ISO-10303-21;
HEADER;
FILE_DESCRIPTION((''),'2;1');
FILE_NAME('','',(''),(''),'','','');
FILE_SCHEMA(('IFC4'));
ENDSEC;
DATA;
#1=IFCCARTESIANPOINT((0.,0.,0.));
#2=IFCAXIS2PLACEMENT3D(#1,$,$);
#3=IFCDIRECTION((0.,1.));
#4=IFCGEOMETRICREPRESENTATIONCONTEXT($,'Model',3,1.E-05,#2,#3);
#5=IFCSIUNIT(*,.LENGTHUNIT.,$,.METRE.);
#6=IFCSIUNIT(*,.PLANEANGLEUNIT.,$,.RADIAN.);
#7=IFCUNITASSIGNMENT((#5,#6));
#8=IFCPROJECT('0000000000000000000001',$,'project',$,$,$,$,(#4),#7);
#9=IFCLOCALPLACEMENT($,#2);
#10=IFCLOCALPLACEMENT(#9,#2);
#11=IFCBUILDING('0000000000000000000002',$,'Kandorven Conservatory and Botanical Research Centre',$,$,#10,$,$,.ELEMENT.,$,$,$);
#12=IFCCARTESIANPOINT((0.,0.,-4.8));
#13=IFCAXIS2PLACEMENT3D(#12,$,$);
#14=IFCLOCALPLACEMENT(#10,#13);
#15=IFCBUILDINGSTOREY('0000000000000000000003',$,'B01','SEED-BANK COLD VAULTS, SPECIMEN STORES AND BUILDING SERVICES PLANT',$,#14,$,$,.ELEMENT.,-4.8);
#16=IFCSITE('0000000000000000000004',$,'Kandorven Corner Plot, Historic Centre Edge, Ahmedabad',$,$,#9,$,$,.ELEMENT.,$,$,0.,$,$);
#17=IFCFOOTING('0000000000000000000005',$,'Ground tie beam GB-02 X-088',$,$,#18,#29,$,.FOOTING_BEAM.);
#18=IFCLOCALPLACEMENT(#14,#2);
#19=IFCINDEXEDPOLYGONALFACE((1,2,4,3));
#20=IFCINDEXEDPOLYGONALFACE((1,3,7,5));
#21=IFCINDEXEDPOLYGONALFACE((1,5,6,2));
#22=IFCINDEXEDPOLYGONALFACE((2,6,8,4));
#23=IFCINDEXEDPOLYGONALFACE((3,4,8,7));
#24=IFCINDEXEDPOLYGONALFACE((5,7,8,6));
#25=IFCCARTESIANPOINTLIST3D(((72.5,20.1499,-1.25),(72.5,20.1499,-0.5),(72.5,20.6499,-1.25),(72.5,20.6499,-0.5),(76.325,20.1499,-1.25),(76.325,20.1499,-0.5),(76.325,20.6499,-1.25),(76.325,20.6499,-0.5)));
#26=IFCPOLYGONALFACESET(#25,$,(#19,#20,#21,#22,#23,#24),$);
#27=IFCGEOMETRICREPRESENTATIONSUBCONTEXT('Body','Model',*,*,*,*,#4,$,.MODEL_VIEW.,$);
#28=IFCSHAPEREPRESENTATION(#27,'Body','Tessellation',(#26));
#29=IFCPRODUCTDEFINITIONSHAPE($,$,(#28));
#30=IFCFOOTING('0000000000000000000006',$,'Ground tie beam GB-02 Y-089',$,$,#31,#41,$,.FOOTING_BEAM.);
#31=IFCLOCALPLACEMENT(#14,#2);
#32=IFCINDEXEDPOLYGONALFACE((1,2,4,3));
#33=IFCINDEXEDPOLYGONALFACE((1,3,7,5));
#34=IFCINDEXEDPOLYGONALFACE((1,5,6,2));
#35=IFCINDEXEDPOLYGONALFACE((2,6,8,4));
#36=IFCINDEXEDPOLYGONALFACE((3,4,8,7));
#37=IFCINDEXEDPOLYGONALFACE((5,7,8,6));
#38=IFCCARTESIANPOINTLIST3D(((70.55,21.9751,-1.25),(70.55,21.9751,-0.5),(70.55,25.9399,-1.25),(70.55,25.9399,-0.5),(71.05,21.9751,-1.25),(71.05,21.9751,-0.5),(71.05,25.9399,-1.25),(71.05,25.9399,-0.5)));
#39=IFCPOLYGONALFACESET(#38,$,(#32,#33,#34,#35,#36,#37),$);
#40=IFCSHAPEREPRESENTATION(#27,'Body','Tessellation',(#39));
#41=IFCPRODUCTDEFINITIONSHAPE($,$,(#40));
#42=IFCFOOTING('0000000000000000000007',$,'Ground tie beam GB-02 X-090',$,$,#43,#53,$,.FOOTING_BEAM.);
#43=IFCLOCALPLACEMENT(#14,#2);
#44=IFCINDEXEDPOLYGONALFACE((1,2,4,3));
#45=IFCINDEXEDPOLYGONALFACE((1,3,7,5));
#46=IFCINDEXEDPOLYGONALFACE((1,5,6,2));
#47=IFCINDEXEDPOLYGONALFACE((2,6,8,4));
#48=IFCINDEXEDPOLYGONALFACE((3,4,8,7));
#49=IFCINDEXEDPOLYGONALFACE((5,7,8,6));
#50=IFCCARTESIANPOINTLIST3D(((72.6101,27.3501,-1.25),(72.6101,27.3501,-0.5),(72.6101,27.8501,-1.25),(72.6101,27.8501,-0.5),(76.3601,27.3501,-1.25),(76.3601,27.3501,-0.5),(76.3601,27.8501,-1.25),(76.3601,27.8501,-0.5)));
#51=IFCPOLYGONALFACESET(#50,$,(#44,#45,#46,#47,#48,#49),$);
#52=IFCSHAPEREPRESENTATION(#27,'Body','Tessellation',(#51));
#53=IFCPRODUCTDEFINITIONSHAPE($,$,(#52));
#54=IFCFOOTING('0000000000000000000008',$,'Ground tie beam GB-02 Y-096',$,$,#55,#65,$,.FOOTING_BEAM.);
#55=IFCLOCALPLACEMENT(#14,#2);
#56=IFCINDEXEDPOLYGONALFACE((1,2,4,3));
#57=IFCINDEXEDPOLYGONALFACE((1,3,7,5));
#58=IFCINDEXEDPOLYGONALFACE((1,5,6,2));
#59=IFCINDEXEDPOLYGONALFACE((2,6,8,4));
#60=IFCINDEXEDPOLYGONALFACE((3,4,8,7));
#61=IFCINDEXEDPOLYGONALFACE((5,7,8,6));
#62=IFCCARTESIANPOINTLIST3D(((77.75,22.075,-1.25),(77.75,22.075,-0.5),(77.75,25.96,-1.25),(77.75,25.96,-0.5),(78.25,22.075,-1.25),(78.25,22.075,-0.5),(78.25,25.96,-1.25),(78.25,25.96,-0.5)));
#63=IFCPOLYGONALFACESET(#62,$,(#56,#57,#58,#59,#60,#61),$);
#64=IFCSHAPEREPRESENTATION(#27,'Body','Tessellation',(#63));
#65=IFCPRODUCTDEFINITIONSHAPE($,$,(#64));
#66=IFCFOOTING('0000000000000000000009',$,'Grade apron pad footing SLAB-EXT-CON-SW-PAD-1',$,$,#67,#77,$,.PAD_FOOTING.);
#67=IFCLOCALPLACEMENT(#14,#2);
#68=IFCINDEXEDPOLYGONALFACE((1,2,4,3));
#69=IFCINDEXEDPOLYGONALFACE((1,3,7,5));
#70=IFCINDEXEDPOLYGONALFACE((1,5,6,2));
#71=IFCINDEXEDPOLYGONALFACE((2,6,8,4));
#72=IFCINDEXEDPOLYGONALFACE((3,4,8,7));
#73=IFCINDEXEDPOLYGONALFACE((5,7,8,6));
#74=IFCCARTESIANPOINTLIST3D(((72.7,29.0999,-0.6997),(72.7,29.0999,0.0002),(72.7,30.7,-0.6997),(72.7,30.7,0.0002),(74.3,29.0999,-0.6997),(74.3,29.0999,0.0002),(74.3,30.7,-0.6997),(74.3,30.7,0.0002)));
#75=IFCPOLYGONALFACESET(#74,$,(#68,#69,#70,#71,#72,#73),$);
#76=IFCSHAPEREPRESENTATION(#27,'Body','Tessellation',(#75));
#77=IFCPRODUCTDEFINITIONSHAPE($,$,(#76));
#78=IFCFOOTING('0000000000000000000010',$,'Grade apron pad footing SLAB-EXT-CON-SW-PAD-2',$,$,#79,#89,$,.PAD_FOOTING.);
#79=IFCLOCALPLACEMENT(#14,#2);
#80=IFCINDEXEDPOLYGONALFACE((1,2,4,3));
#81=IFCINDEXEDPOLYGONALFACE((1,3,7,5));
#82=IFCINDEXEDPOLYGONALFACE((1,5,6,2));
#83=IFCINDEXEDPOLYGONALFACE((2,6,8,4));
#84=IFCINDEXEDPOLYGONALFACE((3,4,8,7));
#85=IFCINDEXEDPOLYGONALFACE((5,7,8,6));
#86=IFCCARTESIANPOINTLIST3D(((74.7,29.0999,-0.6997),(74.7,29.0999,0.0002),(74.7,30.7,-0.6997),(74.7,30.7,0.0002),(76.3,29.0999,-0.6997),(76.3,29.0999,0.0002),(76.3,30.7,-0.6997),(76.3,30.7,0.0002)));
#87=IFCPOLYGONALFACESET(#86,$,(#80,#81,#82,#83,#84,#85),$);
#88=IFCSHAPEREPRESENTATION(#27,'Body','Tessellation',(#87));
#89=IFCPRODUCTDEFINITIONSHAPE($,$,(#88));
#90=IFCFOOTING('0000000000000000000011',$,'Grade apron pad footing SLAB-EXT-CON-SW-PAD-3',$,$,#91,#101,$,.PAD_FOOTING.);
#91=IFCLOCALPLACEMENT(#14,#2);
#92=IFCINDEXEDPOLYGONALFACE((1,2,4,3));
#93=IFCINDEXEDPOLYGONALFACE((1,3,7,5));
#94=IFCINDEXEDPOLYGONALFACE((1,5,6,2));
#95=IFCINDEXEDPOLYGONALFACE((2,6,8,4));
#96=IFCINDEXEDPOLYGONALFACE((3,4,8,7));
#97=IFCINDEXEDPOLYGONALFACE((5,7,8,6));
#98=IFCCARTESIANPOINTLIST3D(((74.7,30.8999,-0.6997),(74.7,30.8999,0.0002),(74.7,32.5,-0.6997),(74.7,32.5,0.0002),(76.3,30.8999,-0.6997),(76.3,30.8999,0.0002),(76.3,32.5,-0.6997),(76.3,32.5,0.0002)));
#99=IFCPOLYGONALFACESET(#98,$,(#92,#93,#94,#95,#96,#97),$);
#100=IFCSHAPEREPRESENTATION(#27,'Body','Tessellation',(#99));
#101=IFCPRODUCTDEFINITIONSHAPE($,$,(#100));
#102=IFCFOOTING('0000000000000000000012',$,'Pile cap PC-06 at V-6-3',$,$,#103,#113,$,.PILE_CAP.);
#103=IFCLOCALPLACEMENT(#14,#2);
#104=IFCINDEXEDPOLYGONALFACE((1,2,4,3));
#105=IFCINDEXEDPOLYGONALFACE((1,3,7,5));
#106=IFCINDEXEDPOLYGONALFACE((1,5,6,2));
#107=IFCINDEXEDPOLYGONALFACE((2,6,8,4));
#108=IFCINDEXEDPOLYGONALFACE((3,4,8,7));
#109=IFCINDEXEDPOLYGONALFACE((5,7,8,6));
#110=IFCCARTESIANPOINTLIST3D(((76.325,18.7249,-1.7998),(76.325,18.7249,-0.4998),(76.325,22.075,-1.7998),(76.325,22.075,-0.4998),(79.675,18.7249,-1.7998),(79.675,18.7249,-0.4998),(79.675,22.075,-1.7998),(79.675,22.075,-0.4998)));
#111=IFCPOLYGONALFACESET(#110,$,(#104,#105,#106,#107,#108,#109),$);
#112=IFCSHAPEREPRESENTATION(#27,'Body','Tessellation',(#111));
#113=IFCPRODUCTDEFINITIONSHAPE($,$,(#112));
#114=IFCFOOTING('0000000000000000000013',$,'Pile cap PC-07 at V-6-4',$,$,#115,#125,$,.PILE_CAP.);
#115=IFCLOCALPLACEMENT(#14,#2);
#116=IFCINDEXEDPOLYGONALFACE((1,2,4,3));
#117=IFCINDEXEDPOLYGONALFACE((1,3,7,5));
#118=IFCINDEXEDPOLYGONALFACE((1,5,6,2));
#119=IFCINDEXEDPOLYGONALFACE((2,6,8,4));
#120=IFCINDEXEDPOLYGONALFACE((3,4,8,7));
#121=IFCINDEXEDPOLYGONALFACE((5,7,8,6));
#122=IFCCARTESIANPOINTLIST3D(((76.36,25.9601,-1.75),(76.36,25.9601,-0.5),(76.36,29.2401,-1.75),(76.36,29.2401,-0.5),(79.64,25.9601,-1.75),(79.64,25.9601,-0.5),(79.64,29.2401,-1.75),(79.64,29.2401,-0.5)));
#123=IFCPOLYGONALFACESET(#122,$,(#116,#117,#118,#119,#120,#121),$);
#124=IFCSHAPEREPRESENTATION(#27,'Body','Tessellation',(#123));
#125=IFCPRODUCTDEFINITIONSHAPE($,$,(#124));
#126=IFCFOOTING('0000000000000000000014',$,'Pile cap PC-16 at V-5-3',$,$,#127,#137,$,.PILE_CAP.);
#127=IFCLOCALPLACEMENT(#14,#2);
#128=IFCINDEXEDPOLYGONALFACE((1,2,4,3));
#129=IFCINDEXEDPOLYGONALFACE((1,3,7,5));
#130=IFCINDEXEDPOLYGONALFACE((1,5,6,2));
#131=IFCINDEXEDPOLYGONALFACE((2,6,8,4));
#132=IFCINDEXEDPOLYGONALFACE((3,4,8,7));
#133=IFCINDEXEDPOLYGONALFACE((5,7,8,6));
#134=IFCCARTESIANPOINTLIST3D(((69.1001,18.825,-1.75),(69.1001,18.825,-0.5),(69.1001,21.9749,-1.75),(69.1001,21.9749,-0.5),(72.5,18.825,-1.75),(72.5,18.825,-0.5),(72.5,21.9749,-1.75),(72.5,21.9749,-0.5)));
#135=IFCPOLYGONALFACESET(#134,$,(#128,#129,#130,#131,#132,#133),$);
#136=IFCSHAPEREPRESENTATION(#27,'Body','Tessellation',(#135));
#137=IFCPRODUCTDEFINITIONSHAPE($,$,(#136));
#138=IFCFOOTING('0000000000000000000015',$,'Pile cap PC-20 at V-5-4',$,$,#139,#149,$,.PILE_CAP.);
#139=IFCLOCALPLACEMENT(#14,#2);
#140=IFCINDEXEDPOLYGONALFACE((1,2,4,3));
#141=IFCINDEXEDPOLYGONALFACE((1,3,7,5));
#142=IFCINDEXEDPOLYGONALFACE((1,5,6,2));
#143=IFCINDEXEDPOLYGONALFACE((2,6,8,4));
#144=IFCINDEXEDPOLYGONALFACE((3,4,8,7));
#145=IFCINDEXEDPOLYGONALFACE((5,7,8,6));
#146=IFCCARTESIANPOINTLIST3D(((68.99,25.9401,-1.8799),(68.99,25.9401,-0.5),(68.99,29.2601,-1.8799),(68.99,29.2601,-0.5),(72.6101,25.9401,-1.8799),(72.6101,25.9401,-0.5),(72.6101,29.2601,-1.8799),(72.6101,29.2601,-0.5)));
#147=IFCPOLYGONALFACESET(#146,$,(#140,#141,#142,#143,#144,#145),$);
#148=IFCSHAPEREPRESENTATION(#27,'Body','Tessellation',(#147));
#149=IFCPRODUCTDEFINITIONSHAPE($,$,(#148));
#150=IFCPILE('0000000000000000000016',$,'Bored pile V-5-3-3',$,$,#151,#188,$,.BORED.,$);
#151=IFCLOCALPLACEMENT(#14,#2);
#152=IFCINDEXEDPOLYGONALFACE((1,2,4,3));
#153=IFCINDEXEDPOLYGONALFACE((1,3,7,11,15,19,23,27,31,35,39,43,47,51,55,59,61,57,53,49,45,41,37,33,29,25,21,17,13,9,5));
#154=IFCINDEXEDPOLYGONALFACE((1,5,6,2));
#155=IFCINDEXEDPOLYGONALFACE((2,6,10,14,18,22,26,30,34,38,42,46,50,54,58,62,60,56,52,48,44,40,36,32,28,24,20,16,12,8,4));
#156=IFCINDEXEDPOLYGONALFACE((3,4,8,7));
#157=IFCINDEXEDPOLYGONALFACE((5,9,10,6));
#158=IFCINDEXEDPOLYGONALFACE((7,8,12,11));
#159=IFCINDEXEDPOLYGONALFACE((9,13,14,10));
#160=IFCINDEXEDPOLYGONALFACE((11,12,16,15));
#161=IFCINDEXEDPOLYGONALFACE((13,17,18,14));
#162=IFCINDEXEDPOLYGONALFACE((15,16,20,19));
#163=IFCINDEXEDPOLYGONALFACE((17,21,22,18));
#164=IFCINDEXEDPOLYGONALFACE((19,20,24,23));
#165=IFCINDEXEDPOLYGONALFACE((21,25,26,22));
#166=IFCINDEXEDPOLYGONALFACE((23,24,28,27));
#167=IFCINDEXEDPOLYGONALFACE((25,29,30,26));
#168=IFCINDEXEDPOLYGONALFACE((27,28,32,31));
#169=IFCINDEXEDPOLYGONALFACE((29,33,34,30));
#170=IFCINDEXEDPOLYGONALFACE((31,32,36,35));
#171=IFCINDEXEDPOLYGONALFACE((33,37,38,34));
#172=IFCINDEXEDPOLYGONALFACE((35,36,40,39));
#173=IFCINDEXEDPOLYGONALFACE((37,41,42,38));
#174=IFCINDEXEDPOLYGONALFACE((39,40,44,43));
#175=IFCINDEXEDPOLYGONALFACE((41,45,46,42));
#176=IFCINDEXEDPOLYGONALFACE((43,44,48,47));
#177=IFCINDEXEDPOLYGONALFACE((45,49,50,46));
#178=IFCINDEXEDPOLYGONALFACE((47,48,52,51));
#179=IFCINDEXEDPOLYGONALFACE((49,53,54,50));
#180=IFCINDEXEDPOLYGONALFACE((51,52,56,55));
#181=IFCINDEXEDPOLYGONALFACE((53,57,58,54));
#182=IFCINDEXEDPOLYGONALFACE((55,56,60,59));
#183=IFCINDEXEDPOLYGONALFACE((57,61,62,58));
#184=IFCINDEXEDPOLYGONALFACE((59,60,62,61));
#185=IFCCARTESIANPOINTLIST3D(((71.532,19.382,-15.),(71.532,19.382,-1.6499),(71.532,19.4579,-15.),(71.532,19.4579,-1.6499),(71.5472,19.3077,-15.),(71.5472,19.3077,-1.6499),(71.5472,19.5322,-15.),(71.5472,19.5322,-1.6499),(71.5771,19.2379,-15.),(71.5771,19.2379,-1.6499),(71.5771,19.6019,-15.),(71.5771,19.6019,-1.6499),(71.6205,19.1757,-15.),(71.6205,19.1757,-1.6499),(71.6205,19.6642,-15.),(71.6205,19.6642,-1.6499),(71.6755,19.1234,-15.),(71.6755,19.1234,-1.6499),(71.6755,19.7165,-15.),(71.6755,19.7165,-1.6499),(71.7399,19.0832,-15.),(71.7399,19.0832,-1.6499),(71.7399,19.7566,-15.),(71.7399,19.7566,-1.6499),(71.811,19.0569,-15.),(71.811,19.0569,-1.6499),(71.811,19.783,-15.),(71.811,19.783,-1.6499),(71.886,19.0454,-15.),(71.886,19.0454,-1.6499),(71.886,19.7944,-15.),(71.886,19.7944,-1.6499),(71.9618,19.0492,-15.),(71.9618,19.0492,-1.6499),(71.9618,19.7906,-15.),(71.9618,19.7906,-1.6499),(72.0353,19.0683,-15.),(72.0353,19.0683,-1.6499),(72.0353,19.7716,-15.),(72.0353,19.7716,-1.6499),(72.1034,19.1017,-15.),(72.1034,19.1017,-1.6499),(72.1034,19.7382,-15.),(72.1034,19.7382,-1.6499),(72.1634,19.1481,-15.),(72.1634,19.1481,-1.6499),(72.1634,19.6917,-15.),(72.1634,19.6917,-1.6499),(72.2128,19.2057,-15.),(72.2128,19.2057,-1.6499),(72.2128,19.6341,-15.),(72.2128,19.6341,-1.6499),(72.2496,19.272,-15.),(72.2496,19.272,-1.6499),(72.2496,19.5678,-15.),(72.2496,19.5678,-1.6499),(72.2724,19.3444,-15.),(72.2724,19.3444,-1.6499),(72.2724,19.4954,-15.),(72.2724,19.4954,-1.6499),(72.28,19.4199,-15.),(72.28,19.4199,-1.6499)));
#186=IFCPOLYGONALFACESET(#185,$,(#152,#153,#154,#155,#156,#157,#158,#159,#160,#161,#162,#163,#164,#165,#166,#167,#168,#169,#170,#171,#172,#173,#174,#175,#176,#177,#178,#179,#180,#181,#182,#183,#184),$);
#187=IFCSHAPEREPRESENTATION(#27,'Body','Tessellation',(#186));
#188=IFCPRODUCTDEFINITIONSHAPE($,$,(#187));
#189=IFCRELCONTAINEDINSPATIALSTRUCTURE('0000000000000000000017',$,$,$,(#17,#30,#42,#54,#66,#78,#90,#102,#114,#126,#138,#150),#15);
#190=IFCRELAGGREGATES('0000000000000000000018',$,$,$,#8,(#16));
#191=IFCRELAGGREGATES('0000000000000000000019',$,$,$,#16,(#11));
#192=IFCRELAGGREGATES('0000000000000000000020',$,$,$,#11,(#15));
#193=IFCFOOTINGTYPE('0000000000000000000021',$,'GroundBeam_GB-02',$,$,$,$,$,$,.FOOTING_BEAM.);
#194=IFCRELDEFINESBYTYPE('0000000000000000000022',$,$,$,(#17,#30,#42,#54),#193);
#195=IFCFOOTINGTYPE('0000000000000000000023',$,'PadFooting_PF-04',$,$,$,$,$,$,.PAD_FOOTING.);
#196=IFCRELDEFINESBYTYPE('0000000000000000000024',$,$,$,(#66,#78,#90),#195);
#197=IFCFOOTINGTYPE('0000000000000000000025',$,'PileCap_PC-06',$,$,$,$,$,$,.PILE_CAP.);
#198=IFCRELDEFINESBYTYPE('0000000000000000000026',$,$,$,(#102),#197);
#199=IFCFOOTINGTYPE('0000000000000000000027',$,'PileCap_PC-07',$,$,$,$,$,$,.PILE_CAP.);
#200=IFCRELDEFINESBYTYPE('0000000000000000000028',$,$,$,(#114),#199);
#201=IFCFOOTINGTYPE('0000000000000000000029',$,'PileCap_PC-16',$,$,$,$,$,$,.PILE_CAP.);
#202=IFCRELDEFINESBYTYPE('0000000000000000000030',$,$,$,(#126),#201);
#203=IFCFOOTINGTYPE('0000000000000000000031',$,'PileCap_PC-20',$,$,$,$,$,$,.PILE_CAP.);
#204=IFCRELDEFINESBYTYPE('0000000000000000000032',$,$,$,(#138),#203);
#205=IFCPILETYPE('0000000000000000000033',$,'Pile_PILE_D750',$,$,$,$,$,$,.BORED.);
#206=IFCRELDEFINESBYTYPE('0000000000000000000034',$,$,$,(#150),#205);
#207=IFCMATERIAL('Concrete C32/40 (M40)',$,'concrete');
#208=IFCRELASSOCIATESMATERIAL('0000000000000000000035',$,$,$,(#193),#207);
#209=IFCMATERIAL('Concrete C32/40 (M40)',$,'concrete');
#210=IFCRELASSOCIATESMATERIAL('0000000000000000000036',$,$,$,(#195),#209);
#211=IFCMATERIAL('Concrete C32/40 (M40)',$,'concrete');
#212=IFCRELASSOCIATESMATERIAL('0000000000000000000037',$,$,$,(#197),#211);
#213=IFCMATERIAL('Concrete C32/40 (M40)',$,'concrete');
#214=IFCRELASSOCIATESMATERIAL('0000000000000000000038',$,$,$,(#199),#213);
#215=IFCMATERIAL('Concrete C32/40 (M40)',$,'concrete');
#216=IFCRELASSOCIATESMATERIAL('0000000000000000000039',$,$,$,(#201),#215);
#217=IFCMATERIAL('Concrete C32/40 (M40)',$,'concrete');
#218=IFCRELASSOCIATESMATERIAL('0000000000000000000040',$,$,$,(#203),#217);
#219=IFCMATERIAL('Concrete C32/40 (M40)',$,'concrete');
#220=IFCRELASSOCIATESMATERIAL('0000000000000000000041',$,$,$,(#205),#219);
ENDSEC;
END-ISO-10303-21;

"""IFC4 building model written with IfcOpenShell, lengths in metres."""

from ifc_helpers import new_model, si_unit, direction, frame, origin, origin_2d, place, context, subcontext, project, spatial, rectangle, circle, extrude, material, material_profile, profile_set, type_object, element, save


model = new_model("IFC4")

# Units and contexts
model_context = context("Model", 3, precision=1e-05, world=origin(), true_north=direction((0.0, 1.0)))
body_context = subcontext(model_context, "Body", "Model", "MODEL_VIEW")
ifc_project = project(units=[si_unit("LENGTHUNIT", "METRE"), si_unit("PLANEANGLEUNIT", "RADIAN")], contexts=[model_context])

# Site, building, storey
site_placement = place(None, origin())
site = spatial("IfcSite", under=ifc_project, at=site_placement, Name="Kandorven Corner Plot, Historic Centre Edge, Ahmedabad", CompositionType="ELEMENT", RefElevation=0.0)
building_placement = place(site_placement, origin())
building = spatial("IfcBuilding", under=site, at=building_placement, Name="Kandorven Conservatory and Botanical Research Centre", CompositionType="ELEMENT")
storey_placement = place(building_placement, frame((0.0, 0.0, -4.8)))
storey = spatial("IfcBuildingStorey", under=building, at=storey_placement, Name="B01", Description="SEED-BANK COLD VAULTS, SPECIMEN STORES AND BUILDING SERVICES PLANT", CompositionType="ELEMENT", Elevation=-4.8)

# Footings
ifc_material_1 = material(Name="Concrete C32/40 (M40)", Category="concrete")
ifc_material_profile_1 = material_profile(ifc_material_1, rectangle(XDim=0.5, YDim=0.75, at=origin_2d()))
ifc_profile_set_1 = profile_set([ifc_material_profile_1], Name="Concrete C32/40 (M40)")
footing_type_1 = type_object("IfcFootingType", Name="GroundBeam_GB-02", PredefinedType="FOOTING_BEAM", material=ifc_profile_set_1)
footing_1_placement = place(storey_placement, frame((72.5, 20.3999, -0.875), z_axis=(1.0, 0.0, 0.0), x_axis=(0.0, 1.0, 0.0)))
element("IfcFooting", 1, at=footing_1_placement, inside=storey, type_object=footing_type_1, Name="Ground tie beam GB-02 X-088", PredefinedType="FOOTING_BEAM", context=body_context, shape_type="SweptSolid", body=[
    extrude(rectangle(XDim=0.5, YDim=0.75, at=origin_2d()), origin(), (0.0, 0.0, 1.0), 3.825),
])
footing_2_placement = place(storey_placement, frame((70.8, 21.9751, -0.875), z_axis=(0.0, 1.0, 0.0), x_axis=(-1.0, 0.0, 0.0)))
element("IfcFooting", 2, at=footing_2_placement, inside=storey, type_object=footing_type_1, Name="Ground tie beam GB-02 Y-089", PredefinedType="FOOTING_BEAM", context=body_context, shape_type="SweptSolid", body=[
    extrude(rectangle(XDim=0.5, YDim=0.75, at=origin_2d()), origin(), (0.0, 0.0, 1.0), 3.9648),
])
footing_3_placement = place(storey_placement, frame((72.6101, 27.6001, -0.875), z_axis=(1.0, 0.0, 0.0), x_axis=(0.0, 1.0, 0.0)))
element("IfcFooting", 3, at=footing_3_placement, inside=storey, type_object=footing_type_1, Name="Ground tie beam GB-02 X-090", PredefinedType="FOOTING_BEAM", context=body_context, shape_type="SweptSolid", body=[
    extrude(rectangle(XDim=0.5, YDim=0.75, at=origin_2d()), origin(), (0.0, 0.0, 1.0), 3.75),
])
footing_4_placement = place(storey_placement, frame((78.0, 22.075, -0.875), z_axis=(0.0, 1.0, 0.0), x_axis=(-1.0, 0.0, 0.0)))
element("IfcFooting", 4, at=footing_4_placement, inside=storey, type_object=footing_type_1, Name="Ground tie beam GB-02 Y-096", PredefinedType="FOOTING_BEAM", context=body_context, shape_type="SweptSolid", body=[
    extrude(rectangle(XDim=0.5, YDim=0.75, at=origin_2d()), origin(), (0.0, 0.0, 1.0), 3.885),
])
ifc_material_2 = material(Name="Concrete C32/40 (M40)", Category="concrete")
footing_type_2 = type_object("IfcFootingType", Name="PadFooting_PF-04", PredefinedType="PAD_FOOTING", material=ifc_material_2)
for number, where, z_axis, x_axis, name in (
    (5, (73.5, 29.8999, -0.6997), (0.0, 0.0, 1.0), (1.0, 0.0, 0.0), "Grade apron pad footing SLAB-EXT-CON-SW-PAD-1"),
    (6, (75.5, 29.8999, -0.6997), (0.0, 0.0, 1.0), (1.0, 0.0, 0.0), "Grade apron pad footing SLAB-EXT-CON-SW-PAD-2"),
    (7, (75.5, 31.7, -0.6997), (0.0, 0.0, 1.0), (1.0, 0.0, 0.0), "Grade apron pad footing SLAB-EXT-CON-SW-PAD-3"),
):
    element("IfcFooting", number, at=place(storey_placement, frame(where, z_axis=z_axis, x_axis=x_axis)), inside=storey, type_object=footing_type_2, Name=name, PredefinedType="PAD_FOOTING", context=body_context, shape_type="SweptSolid", body=[
        extrude(rectangle(XDim=1.6001, YDim=1.6001, at=origin_2d()), origin(), (0.0, 0.0, 1.0), 0.7),
    ])
ifc_material_3 = material(Name="Concrete C32/40 (M40)", Category="concrete")
footing_type_3 = type_object("IfcFootingType", Name="PileCap_PC-06", PredefinedType="PILE_CAP", material=ifc_material_3)
footing_5_placement = place(storey_placement, frame((78.0, 20.3999, -1.7998), z_axis=(0.0, 0.0, 1.0), x_axis=(1.0, 0.0, 0.0)))
element("IfcFooting", 8, at=footing_5_placement, inside=storey, type_object=footing_type_3, Name="Pile cap PC-06 at V-6-3", PredefinedType="PILE_CAP", context=body_context, shape_type="SweptSolid", body=[
    extrude(rectangle(XDim=3.3501, YDim=3.3501, at=origin_2d()), origin(), (0.0, 0.0, 1.0), 1.3),
])
ifc_material_4 = material(Name="Concrete C32/40 (M40)", Category="concrete")
footing_type_4 = type_object("IfcFootingType", Name="PileCap_PC-07", PredefinedType="PILE_CAP", material=ifc_material_4)
footing_6_placement = place(storey_placement, frame((78.0, 27.6001, -1.75), z_axis=(0.0, 0.0, 1.0), x_axis=(1.0, 0.0, 0.0)))
element("IfcFooting", 9, at=footing_6_placement, inside=storey, type_object=footing_type_4, Name="Pile cap PC-07 at V-6-4", PredefinedType="PILE_CAP", context=body_context, shape_type="SweptSolid", body=[
    extrude(rectangle(XDim=3.28, YDim=3.28, at=origin_2d()), origin(), (0.0, 0.0, 1.0), 1.25),
])
ifc_material_5 = material(Name="Concrete C32/40 (M40)", Category="concrete")
footing_type_5 = type_object("IfcFootingType", Name="PileCap_PC-16", PredefinedType="PILE_CAP", material=ifc_material_5)
footing_7_placement = place(storey_placement, frame((70.8, 20.3999, -1.75), z_axis=(0.0, 0.0, 1.0), x_axis=(1.0, 0.0, 0.0)))
element("IfcFooting", 10, at=footing_7_placement, inside=storey, type_object=footing_type_5, Name="Pile cap PC-16 at V-5-3", PredefinedType="PILE_CAP", context=body_context, shape_type="SweptSolid", body=[
    extrude(rectangle(XDim=3.3999, YDim=3.1499, at=origin_2d()), origin(), (0.0, 0.0, 1.0), 1.25),
])
ifc_material_6 = material(Name="Concrete C32/40 (M40)", Category="concrete")
footing_type_6 = type_object("IfcFootingType", Name="PileCap_PC-20", PredefinedType="PILE_CAP", material=ifc_material_6)
footing_8_placement = place(storey_placement, frame((70.8, 27.6001, -1.8799), z_axis=(0.0, 0.0, 1.0), x_axis=(1.0, 0.0, 0.0)))
element("IfcFooting", 11, at=footing_8_placement, inside=storey, type_object=footing_type_6, Name="Pile cap PC-20 at V-5-4", PredefinedType="PILE_CAP", context=body_context, shape_type="SweptSolid", body=[
    extrude(rectangle(XDim=3.6201, YDim=3.3201, at=origin_2d()), origin(), (0.0, 0.0, 1.0), 1.3799),
])

# Pile
ifc_material_7 = material(Name="Concrete C32/40 (M40)", Category="concrete")
ifc_material_profile_2 = material_profile(ifc_material_7, circle(Radius=0.375, at=origin_2d()))
ifc_profile_set_2 = profile_set([ifc_material_profile_2], Name="Concrete C32/40 (M40)")
pile_type = type_object("IfcPileType", Name="Pile_PILE_D750", PredefinedType="BORED", material=ifc_profile_set_2)
for number, where, z_axis, x_axis, name in (
    (12, (71.905, 19.4199, -1.6499), (0.0, 0.0, -1.0), (1.0, 0.0, 0.0), "Bored pile V-5-3-3"),
):
    element("IfcPile", number, at=place(storey_placement, frame(where, z_axis=z_axis, x_axis=x_axis)), inside=storey, type_object=pile_type, Name=name, PredefinedType="BORED", context=body_context, shape_type="SweptSolid", body=[
        extrude(circle(Radius=0.375, at=origin_2d()), origin(), (0.0, 0.0, 1.0), 13.3501),
    ])

save(model, "model.ifc")
